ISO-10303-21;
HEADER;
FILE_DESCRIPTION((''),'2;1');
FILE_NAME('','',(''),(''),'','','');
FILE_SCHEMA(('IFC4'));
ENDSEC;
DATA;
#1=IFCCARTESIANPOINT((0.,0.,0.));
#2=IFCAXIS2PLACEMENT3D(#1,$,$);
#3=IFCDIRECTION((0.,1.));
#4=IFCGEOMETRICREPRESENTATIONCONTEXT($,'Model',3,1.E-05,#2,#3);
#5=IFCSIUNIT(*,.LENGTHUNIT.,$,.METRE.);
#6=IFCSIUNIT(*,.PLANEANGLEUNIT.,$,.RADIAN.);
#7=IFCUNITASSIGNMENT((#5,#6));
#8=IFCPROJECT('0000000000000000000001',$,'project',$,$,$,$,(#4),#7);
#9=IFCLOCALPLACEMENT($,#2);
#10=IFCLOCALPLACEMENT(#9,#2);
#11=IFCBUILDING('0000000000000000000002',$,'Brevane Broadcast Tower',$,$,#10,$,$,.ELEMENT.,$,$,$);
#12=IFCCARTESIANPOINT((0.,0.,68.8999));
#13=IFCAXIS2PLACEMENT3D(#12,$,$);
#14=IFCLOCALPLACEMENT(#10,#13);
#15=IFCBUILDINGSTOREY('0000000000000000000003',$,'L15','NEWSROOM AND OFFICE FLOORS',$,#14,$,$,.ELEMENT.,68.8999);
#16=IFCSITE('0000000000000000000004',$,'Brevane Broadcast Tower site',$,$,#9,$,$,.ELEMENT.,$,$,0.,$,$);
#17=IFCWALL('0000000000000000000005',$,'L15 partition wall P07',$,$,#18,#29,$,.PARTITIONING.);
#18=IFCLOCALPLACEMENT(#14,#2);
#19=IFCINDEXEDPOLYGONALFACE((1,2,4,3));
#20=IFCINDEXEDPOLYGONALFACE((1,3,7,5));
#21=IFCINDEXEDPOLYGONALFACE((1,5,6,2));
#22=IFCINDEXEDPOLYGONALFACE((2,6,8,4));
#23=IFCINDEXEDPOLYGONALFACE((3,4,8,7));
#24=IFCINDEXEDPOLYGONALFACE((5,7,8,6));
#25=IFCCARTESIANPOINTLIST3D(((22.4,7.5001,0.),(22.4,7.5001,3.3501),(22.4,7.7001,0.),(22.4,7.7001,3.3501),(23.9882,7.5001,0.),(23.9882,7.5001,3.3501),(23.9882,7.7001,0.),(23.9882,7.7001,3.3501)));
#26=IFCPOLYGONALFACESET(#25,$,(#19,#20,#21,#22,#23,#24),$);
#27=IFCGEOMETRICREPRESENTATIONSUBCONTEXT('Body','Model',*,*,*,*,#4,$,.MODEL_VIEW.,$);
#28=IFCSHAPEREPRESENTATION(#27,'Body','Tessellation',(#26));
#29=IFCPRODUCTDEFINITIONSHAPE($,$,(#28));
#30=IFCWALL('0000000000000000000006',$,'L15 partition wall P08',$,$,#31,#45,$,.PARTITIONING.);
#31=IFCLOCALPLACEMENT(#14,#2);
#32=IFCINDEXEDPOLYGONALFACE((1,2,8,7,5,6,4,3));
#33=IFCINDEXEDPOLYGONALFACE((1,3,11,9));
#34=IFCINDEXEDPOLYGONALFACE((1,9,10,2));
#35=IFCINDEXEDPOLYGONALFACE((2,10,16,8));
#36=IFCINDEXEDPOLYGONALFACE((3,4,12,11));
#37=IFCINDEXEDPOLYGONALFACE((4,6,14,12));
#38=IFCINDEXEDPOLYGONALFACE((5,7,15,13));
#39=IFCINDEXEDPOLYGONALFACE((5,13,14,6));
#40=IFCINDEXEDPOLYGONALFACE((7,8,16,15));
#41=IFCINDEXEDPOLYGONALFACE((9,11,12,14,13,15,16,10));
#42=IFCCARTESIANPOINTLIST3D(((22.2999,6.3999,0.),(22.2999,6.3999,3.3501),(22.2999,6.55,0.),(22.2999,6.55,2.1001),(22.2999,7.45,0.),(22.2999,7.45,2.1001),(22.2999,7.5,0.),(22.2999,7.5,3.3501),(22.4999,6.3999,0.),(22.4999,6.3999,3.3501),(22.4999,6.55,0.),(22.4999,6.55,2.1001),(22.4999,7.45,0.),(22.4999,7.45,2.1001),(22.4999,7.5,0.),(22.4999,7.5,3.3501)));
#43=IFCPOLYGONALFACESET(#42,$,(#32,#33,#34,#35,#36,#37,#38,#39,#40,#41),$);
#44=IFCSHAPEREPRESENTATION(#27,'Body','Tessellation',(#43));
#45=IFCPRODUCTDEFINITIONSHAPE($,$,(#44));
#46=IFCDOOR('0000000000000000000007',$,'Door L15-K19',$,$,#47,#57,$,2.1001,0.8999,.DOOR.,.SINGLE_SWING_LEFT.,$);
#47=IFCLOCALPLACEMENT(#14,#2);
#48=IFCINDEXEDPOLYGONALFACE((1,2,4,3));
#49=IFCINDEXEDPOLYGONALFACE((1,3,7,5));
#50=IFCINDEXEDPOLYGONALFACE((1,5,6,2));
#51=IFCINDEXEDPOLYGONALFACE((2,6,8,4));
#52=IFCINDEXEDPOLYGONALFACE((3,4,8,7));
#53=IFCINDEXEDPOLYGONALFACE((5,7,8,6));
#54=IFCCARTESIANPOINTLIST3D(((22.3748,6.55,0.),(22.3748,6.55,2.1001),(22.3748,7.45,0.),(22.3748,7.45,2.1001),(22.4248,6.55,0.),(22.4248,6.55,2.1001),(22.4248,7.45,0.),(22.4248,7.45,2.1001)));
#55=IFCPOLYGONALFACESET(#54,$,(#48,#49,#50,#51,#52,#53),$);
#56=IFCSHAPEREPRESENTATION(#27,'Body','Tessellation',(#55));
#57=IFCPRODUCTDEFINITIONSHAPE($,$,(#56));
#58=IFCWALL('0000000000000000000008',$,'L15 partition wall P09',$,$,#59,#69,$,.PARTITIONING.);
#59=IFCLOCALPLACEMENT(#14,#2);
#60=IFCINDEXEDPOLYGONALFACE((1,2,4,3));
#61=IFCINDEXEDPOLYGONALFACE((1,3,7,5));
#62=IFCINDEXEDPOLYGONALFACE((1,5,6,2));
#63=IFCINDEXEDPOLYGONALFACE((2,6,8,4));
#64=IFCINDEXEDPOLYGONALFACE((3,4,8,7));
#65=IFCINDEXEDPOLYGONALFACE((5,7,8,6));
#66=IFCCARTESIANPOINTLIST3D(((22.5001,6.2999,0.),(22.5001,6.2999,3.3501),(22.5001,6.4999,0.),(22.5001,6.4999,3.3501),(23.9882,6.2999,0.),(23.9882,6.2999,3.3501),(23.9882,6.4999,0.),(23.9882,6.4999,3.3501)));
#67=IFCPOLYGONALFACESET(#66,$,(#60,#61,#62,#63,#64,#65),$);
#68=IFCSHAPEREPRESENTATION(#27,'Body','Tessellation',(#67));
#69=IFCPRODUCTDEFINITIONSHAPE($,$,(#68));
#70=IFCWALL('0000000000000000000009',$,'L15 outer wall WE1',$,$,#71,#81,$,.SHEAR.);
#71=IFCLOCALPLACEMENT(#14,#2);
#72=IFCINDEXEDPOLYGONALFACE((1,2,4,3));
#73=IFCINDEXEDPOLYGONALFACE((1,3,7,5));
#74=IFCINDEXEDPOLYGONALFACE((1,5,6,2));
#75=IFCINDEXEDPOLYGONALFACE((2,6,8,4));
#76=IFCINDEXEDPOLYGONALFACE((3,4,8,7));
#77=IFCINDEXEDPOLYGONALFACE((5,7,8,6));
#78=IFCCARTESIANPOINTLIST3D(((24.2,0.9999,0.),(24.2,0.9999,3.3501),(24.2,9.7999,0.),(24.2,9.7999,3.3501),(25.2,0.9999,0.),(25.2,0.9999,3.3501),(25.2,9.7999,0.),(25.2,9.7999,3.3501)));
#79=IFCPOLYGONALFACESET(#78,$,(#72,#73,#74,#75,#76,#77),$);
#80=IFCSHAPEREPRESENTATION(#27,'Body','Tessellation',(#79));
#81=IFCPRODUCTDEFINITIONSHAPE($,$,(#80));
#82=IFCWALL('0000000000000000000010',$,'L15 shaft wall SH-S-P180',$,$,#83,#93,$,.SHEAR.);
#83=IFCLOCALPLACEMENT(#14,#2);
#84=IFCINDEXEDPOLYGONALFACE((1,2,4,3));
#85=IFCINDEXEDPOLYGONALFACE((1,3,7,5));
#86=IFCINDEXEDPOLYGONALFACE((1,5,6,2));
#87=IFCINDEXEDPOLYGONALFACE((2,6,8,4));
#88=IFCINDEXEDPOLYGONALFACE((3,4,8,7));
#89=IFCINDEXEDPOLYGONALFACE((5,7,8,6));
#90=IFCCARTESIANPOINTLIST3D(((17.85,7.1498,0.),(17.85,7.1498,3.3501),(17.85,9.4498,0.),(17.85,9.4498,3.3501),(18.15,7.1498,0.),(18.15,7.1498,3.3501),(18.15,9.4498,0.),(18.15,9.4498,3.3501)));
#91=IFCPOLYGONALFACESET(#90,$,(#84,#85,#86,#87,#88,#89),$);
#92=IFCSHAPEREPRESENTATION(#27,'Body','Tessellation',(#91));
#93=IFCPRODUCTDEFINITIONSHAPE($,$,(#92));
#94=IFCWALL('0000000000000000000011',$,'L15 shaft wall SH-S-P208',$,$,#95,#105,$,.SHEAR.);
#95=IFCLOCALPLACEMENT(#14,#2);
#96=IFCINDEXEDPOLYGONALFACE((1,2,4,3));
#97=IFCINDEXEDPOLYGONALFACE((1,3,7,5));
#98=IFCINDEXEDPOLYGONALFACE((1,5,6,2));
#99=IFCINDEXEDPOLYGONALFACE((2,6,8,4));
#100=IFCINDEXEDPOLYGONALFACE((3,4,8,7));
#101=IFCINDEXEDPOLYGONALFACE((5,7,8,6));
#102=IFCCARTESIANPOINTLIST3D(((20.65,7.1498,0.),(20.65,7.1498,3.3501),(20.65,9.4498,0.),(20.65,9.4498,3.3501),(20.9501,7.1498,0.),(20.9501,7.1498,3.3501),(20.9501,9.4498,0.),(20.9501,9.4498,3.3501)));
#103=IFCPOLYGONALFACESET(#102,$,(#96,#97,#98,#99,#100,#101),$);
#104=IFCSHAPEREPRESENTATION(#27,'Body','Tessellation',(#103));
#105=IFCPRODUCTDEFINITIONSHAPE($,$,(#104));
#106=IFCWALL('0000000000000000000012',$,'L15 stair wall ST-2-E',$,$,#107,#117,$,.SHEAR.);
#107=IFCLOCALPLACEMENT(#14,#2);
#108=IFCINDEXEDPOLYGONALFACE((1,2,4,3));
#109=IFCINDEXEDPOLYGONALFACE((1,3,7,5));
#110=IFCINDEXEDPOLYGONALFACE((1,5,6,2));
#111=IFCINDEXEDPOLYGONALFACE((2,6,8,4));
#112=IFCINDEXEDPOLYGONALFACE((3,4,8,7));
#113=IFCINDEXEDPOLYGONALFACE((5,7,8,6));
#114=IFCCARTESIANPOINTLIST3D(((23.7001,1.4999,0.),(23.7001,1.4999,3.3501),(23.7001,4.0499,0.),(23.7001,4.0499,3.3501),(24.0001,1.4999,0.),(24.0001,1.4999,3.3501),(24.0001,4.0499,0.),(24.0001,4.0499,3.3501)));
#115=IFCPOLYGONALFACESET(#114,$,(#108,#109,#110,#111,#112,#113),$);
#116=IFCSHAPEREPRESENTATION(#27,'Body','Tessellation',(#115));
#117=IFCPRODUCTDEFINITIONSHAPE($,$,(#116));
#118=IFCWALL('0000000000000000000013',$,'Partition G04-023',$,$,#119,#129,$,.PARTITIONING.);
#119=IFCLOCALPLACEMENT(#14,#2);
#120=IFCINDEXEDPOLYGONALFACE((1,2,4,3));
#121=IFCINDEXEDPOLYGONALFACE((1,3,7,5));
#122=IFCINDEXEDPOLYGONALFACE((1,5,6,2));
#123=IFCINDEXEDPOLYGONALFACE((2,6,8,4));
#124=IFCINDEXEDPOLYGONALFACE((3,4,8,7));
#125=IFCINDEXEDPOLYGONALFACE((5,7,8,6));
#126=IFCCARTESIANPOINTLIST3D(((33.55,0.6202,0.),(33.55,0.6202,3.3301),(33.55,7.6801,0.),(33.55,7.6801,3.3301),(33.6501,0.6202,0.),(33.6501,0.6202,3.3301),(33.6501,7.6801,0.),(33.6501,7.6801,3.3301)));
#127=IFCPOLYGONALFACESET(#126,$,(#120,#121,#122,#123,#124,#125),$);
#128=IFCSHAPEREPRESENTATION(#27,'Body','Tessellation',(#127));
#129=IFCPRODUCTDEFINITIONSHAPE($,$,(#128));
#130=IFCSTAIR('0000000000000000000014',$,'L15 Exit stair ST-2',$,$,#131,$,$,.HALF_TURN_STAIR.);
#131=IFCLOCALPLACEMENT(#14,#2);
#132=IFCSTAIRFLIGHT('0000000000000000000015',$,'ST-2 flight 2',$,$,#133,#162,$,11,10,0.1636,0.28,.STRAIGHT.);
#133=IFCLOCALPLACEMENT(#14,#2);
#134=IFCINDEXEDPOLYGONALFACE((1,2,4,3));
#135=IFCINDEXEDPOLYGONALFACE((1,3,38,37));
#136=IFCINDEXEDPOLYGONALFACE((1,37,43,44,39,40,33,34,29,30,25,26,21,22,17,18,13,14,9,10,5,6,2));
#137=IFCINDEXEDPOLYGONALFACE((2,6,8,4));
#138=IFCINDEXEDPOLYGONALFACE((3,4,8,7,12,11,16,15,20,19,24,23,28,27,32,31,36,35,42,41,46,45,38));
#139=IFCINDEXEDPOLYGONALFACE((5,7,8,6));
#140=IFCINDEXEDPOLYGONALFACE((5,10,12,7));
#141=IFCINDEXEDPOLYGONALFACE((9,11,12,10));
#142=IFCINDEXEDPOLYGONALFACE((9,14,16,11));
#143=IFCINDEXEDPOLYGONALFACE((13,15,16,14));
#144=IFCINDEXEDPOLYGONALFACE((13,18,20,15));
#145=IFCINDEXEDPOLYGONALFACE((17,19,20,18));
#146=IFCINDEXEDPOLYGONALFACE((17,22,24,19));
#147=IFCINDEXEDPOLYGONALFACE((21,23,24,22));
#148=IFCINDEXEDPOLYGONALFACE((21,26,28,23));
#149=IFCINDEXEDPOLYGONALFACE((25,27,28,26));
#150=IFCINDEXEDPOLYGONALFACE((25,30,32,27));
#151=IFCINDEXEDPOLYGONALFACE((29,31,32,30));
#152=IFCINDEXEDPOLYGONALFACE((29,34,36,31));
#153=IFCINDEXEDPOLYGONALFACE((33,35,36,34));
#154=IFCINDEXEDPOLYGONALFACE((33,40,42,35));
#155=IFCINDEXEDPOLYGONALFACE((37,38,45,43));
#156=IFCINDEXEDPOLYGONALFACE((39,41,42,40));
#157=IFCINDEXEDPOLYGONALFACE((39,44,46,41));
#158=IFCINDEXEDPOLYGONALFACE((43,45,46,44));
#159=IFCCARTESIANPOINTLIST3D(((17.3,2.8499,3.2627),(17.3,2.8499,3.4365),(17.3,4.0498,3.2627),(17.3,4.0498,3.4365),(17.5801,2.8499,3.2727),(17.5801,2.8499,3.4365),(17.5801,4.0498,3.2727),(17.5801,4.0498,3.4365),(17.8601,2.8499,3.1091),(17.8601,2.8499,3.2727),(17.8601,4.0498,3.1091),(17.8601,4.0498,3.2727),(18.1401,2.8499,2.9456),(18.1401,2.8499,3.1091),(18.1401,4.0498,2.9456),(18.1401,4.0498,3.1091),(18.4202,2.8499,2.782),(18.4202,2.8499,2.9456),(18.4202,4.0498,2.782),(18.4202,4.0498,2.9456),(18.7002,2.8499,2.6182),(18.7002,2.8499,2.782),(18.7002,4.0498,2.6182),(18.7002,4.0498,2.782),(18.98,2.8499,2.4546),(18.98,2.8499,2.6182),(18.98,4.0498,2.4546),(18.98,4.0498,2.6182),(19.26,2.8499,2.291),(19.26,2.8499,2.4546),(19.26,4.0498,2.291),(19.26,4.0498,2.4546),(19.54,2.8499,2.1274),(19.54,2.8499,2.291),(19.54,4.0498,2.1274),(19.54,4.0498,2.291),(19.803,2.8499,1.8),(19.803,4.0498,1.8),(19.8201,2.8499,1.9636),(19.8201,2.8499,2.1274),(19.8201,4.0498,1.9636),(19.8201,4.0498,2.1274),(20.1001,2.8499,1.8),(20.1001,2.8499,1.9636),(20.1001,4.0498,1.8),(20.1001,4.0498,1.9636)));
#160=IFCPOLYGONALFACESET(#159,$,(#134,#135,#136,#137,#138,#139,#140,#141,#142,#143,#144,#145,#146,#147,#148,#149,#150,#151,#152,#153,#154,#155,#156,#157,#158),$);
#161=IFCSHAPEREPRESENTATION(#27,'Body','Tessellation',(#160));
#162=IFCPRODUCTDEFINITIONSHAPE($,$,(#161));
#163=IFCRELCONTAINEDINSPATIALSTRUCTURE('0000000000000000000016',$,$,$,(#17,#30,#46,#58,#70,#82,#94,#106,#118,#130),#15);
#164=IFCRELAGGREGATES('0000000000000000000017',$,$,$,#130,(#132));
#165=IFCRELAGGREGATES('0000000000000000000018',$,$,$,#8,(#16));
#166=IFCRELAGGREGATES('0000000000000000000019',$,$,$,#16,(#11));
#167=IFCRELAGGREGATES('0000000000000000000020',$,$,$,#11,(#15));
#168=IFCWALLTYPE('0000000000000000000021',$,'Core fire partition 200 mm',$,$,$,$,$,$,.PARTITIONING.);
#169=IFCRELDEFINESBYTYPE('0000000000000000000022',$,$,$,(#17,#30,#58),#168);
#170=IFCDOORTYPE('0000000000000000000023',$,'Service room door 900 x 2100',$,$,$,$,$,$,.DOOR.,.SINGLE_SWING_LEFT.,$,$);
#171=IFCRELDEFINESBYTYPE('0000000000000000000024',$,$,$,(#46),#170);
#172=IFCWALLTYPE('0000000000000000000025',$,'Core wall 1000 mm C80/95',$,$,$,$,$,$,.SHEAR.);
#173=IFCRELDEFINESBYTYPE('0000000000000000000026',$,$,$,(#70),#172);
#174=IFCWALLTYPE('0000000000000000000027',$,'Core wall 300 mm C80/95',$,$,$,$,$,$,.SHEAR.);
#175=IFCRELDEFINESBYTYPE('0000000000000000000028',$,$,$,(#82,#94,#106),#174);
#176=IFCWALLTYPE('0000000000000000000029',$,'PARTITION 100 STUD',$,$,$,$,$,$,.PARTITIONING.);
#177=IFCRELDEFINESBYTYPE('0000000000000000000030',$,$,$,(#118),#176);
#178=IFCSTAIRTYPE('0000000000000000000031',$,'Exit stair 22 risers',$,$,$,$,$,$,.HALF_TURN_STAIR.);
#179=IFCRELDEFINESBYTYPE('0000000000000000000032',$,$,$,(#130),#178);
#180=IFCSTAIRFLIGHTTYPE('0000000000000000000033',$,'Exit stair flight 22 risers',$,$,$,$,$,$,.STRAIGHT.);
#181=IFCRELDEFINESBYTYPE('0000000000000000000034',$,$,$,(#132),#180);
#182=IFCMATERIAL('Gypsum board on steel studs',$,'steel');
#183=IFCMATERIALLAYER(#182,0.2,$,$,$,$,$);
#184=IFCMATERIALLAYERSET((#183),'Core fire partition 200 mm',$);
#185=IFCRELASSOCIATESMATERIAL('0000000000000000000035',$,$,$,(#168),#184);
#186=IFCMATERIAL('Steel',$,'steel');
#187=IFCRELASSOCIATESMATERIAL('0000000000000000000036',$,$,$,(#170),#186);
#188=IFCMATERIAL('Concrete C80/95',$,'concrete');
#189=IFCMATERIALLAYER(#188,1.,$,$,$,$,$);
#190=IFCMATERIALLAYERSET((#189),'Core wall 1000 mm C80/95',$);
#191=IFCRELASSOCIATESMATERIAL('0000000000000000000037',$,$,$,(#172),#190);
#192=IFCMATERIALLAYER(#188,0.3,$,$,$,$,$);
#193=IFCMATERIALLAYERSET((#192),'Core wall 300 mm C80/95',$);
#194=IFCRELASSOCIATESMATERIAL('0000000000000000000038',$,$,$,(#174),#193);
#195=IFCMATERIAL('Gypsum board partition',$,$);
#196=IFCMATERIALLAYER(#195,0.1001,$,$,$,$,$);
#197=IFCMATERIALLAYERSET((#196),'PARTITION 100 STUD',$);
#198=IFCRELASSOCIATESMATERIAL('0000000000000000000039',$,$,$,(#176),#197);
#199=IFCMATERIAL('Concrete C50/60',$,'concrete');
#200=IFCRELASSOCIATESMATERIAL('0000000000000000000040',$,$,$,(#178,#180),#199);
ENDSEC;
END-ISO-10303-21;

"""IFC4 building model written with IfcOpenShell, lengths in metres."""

from ifc_helpers import new_model, si_unit, direction, frame, frame_2d, origin, place, context, subcontext, project, spatial, polyline, rectangle, outline, extrude, material, layer, layer_set, type_object, element, fill, aggregate, save


model = new_model("IFC4")

# Units and contexts
model_context = context("Model", 3, precision=1e-05, world=origin(), true_north=direction((0.0, 1.0)))
body_context = subcontext(model_context, "Body", "Model", "MODEL_VIEW")
ifc_project = project(units=[si_unit("LENGTHUNIT", "METRE"), si_unit("PLANEANGLEUNIT", "RADIAN")], contexts=[model_context])

# Site, building, storey
site_placement = place(None, origin())
site = spatial("IfcSite", under=ifc_project, at=site_placement, Name="Brevane Broadcast Tower site", CompositionType="ELEMENT", RefElevation=0.0)
building_placement = place(site_placement, origin())
building = spatial("IfcBuilding", under=site, at=building_placement, Name="Brevane Broadcast Tower", CompositionType="ELEMENT")
storey_placement = place(building_placement, frame((0.0, 0.0, 68.8999)))
storey = spatial("IfcBuildingStorey", under=building, at=storey_placement, Name="L15", Description="NEWSROOM AND OFFICE FLOORS", CompositionType="ELEMENT", Elevation=68.8999)

# Shared definitions
ifc_material_1 = material(Name="Concrete C80/95", Category="concrete")

# Wall
ifc_material_2 = material(Name="Gypsum board on steel studs", Category="steel")
ifc_layer_1 = layer(ifc_material_2, 0.2)
ifc_layer_set_1 = layer_set([ifc_layer_1], Name="Core fire partition 200 mm")
wall_type_1 = type_object("IfcWallType", Name="Core fire partition 200 mm", PredefinedType="PARTITIONING", material=ifc_layer_set_1)
wall_1_placement = place(storey_placement, frame((23.988, 7.6001, 0.0), z_axis=(0.0, 0.0, 1.0), x_axis=(-1.0, 0.0, 0.0)))
element("IfcWall", 1, at=wall_1_placement, inside=storey, type_object=wall_type_1, Name="L15 partition wall P07", PredefinedType="PARTITIONING", context=body_context, shape_type="SweptSolid", body=[
    extrude(rectangle(XDim=1.5881, YDim=0.2, at=frame_2d((0.7939, 0.0))), origin(), (0.0, 0.0, 1.0), 3.3501),
])

# Wall, opening, door
wall_2_placement = place(storey_placement, frame((22.3999, 7.5, 0.0), z_axis=(0.0, 0.0, 1.0), x_axis=(0.0, -1.0, 0.0)))
wall_2 = element("IfcWall", 2, at=wall_2_placement, inside=storey, type_object=wall_type_1, Name="L15 partition wall P08", PredefinedType="PARTITIONING", context=body_context, shape_type="SweptSolid", body=[
    extrude(rectangle(XDim=1.1001, YDim=0.2, at=frame_2d((0.55, 0.0))), origin(), (0.0, 0.0, 1.0), 3.3501),
])
opening_placement = place(wall_2_placement, frame((0.05, 0.0, 0.0)))
opening = element("IfcOpeningElement", 3, at=opening_placement, cuts=wall_2, PredefinedType="OPENING", context=body_context, shape_type="SweptSolid", body=[
    extrude(rectangle(XDim=0.8999, YDim=2.1001, at=frame_2d((0.45, 1.05))), frame((0.0, 0.1099, 0.0), z_axis=(0.0, -1.0, 0.0), x_axis=(1.0, 0.0, 0.0)), (0.0, 0.0, 1.0), 0.22),
])
ifc_material_3 = material(Name="Steel", Category="steel")
door_type = type_object("IfcDoorType", Name="Service room door 900 x 2100", OperationType="SINGLE_SWING_LEFT", PredefinedType="DOOR", material=ifc_material_3)
door_placement = place(opening_placement, origin())
door = element("IfcDoor", 4, at=door_placement, inside=storey, type_object=door_type, Name="Door L15-K19", OperationType="SINGLE_SWING_LEFT", OverallHeight=2.1001, OverallWidth=0.8999, PredefinedType="DOOR", context=body_context, shape_type="SweptSolid", body=[
    extrude(rectangle(XDim=0.8999, YDim=2.1001, at=frame_2d((0.45, 1.05))), frame((0.0, 0.0249, 0.0), z_axis=(0.0, -1.0, 0.0), x_axis=(1.0, 0.0, 0.0)), (0.0, 0.0, 1.0), 0.05),
])
fill(opening, door)

# Walls
wall_3_placement = place(storey_placement, frame((22.5, 6.3999, 0.0), z_axis=(0.0, 0.0, 1.0), x_axis=(1.0, 0.0, 0.0)))
element("IfcWall", 5, at=wall_3_placement, inside=storey, type_object=wall_type_1, Name="L15 partition wall P09", PredefinedType="PARTITIONING", context=body_context, shape_type="SweptSolid", body=[
    extrude(rectangle(XDim=1.488, YDim=0.2, at=frame_2d((0.7441, 0.0))), origin(), (0.0, 0.0, 1.0), 3.3501),
])
ifc_layer_2 = layer(ifc_material_1, 1.0)
ifc_layer_set_2 = layer_set([ifc_layer_2], Name="Core wall 1000 mm C80/95")
wall_type_2 = type_object("IfcWallType", Name="Core wall 1000 mm C80/95", PredefinedType="SHEAR", material=ifc_layer_set_2)
wall_4_placement = place(storey_placement, frame((24.7, 1.0, 0.0), z_axis=(0.0, 0.0, 1.0), x_axis=(0.0, 1.0, 0.0)))
element("IfcWall", 6, at=wall_4_placement, inside=storey, type_object=wall_type_2, Name="L15 outer wall WE1", PredefinedType="SHEAR", context=body_context, shape_type="SweptSolid", body=[
    extrude(rectangle(XDim=8.8, YDim=1.0, at=frame_2d((4.3999, 0.0))), origin(), (0.0, 0.0, 1.0), 3.3501),
])
ifc_layer_3 = layer(ifc_material_1, 0.3)
ifc_layer_set_3 = layer_set([ifc_layer_3], Name="Core wall 300 mm C80/95")
wall_type_3 = type_object("IfcWallType", Name="Core wall 300 mm C80/95", PredefinedType="SHEAR", material=ifc_layer_set_3)
for number, where, z_axis, x_axis, name in (
    (7, (18.0, 7.1499, 0.0), (0.0, 0.0, 1.0), (0.0, 1.0, 0.0), "L15 shaft wall SH-S-P180"),
    (8, (20.8, 7.1499, 0.0), (0.0, 0.0, 1.0), (0.0, 1.0, 0.0), "L15 shaft wall SH-S-P208"),
):
    element("IfcWall", number, at=place(storey_placement, frame(where, z_axis=z_axis, x_axis=x_axis)), inside=storey, type_object=wall_type_3, Name=name, PredefinedType="SHEAR", context=body_context, shape_type="SweptSolid", body=[
        extrude(rectangle(XDim=2.3, YDim=0.3, at=frame_2d((1.1499, 0.0))), origin(), (0.0, 0.0, 1.0), 3.3501),
    ])
wall_5_placement = place(storey_placement, frame((23.8501, 1.5, 0.0), z_axis=(0.0, 0.0, 1.0), x_axis=(0.0, 1.0, 0.0)))
element("IfcWall", 9, at=wall_5_placement, inside=storey, type_object=wall_type_3, Name="L15 stair wall ST-2-E", PredefinedType="SHEAR", context=body_context, shape_type="SweptSolid", body=[
    extrude(rectangle(XDim=2.55, YDim=0.3, at=frame_2d((1.2749, 0.0))), origin(), (0.0, 0.0, 1.0), 3.3501),
])
ifc_material_4 = material(Name="Gypsum board partition")
ifc_layer_4 = layer(ifc_material_4, 0.1001)
ifc_layer_set_4 = layer_set([ifc_layer_4], Name="PARTITION 100 STUD")
wall_type_4 = type_object("IfcWallType", Name="PARTITION 100 STUD", PredefinedType="PARTITIONING", material=ifc_layer_set_4)
wall_6_placement = place(storey_placement, frame((33.6001, 7.6799, 0.0), z_axis=(0.0, 0.0, 1.0), x_axis=(0.0, -1.0, 0.0)))
element("IfcWall", 10, at=wall_6_placement, inside=storey, type_object=wall_type_4, Name="Partition G04-023", PredefinedType="PARTITIONING", context=body_context, shape_type="SweptSolid", body=[
    extrude(rectangle(XDim=7.0598, YDim=0.1001, at=frame_2d((3.5298, 0.0))), origin(), (0.0, 0.0, 1.0), 3.3301),
])

# Stair, stair flight
ifc_material_5 = material(Name="Concrete C50/60", Category="concrete")
stair_type = type_object("IfcStairType", Name="Exit stair 22 risers", PredefinedType="HALF_TURN_STAIR", material=ifc_material_5)
stair_placement = place(storey_placement, origin())
stair = element("IfcStair", 11, at=stair_placement, inside=storey, type_object=stair_type, Name="L15 Exit stair ST-2", PredefinedType="HALF_TURN_STAIR")
stair_flight_type = type_object("IfcStairFlightType", Name="Exit stair flight 22 risers", PredefinedType="STRAIGHT", material=ifc_material_5)
stair_flight_placement = place(storey_placement, frame((20.1001, 3.45, 1.8), z_axis=(0.0, 0.0, 1.0), x_axis=(-1.0, 0.0, 0.0)))
stair_flight = element("IfcStairFlight", 12, at=stair_flight_placement, type_object=stair_flight_type, Name="ST-2 flight 2", NumberOfRisers=11, NumberOfTreads=10, PredefinedType="STRAIGHT", RiserHeight=0.1636, TreadLength=0.28, context=body_context, shape_type="SweptSolid", body=[
    extrude(outline(polyline([(0.0, 0.0), (0.0, 0.1636), (0.28, 0.1636), (0.28, 0.3274), (0.5601, 0.3274), (0.5601, 0.491), (0.8401, 0.491), (0.8401, 0.6545), (1.1201, 0.6545), (1.1201, 0.8181), (1.3999, 0.8181), (1.3999, 0.9819), (1.6799, 0.9819), (1.6799, 1.1455), (1.96, 1.1455), (1.96, 1.3091), (2.24, 1.3091), (2.24, 1.4727), (2.52, 1.4727), (2.52, 1.6365), (2.8, 1.6365), (2.8, 1.8), (2.8, 1.4626), (0.2971, 0.0), (0.0, 0.0)])), frame((0.0, 0.6001, 0.0), z_axis=(0.0, -1.0, 0.0), x_axis=(1.0, 0.0, 0.0)), (0.0, 0.0, 1.0), 1.2),
])
aggregate(stair, [stair_flight])

save(model, "model.ifc")
